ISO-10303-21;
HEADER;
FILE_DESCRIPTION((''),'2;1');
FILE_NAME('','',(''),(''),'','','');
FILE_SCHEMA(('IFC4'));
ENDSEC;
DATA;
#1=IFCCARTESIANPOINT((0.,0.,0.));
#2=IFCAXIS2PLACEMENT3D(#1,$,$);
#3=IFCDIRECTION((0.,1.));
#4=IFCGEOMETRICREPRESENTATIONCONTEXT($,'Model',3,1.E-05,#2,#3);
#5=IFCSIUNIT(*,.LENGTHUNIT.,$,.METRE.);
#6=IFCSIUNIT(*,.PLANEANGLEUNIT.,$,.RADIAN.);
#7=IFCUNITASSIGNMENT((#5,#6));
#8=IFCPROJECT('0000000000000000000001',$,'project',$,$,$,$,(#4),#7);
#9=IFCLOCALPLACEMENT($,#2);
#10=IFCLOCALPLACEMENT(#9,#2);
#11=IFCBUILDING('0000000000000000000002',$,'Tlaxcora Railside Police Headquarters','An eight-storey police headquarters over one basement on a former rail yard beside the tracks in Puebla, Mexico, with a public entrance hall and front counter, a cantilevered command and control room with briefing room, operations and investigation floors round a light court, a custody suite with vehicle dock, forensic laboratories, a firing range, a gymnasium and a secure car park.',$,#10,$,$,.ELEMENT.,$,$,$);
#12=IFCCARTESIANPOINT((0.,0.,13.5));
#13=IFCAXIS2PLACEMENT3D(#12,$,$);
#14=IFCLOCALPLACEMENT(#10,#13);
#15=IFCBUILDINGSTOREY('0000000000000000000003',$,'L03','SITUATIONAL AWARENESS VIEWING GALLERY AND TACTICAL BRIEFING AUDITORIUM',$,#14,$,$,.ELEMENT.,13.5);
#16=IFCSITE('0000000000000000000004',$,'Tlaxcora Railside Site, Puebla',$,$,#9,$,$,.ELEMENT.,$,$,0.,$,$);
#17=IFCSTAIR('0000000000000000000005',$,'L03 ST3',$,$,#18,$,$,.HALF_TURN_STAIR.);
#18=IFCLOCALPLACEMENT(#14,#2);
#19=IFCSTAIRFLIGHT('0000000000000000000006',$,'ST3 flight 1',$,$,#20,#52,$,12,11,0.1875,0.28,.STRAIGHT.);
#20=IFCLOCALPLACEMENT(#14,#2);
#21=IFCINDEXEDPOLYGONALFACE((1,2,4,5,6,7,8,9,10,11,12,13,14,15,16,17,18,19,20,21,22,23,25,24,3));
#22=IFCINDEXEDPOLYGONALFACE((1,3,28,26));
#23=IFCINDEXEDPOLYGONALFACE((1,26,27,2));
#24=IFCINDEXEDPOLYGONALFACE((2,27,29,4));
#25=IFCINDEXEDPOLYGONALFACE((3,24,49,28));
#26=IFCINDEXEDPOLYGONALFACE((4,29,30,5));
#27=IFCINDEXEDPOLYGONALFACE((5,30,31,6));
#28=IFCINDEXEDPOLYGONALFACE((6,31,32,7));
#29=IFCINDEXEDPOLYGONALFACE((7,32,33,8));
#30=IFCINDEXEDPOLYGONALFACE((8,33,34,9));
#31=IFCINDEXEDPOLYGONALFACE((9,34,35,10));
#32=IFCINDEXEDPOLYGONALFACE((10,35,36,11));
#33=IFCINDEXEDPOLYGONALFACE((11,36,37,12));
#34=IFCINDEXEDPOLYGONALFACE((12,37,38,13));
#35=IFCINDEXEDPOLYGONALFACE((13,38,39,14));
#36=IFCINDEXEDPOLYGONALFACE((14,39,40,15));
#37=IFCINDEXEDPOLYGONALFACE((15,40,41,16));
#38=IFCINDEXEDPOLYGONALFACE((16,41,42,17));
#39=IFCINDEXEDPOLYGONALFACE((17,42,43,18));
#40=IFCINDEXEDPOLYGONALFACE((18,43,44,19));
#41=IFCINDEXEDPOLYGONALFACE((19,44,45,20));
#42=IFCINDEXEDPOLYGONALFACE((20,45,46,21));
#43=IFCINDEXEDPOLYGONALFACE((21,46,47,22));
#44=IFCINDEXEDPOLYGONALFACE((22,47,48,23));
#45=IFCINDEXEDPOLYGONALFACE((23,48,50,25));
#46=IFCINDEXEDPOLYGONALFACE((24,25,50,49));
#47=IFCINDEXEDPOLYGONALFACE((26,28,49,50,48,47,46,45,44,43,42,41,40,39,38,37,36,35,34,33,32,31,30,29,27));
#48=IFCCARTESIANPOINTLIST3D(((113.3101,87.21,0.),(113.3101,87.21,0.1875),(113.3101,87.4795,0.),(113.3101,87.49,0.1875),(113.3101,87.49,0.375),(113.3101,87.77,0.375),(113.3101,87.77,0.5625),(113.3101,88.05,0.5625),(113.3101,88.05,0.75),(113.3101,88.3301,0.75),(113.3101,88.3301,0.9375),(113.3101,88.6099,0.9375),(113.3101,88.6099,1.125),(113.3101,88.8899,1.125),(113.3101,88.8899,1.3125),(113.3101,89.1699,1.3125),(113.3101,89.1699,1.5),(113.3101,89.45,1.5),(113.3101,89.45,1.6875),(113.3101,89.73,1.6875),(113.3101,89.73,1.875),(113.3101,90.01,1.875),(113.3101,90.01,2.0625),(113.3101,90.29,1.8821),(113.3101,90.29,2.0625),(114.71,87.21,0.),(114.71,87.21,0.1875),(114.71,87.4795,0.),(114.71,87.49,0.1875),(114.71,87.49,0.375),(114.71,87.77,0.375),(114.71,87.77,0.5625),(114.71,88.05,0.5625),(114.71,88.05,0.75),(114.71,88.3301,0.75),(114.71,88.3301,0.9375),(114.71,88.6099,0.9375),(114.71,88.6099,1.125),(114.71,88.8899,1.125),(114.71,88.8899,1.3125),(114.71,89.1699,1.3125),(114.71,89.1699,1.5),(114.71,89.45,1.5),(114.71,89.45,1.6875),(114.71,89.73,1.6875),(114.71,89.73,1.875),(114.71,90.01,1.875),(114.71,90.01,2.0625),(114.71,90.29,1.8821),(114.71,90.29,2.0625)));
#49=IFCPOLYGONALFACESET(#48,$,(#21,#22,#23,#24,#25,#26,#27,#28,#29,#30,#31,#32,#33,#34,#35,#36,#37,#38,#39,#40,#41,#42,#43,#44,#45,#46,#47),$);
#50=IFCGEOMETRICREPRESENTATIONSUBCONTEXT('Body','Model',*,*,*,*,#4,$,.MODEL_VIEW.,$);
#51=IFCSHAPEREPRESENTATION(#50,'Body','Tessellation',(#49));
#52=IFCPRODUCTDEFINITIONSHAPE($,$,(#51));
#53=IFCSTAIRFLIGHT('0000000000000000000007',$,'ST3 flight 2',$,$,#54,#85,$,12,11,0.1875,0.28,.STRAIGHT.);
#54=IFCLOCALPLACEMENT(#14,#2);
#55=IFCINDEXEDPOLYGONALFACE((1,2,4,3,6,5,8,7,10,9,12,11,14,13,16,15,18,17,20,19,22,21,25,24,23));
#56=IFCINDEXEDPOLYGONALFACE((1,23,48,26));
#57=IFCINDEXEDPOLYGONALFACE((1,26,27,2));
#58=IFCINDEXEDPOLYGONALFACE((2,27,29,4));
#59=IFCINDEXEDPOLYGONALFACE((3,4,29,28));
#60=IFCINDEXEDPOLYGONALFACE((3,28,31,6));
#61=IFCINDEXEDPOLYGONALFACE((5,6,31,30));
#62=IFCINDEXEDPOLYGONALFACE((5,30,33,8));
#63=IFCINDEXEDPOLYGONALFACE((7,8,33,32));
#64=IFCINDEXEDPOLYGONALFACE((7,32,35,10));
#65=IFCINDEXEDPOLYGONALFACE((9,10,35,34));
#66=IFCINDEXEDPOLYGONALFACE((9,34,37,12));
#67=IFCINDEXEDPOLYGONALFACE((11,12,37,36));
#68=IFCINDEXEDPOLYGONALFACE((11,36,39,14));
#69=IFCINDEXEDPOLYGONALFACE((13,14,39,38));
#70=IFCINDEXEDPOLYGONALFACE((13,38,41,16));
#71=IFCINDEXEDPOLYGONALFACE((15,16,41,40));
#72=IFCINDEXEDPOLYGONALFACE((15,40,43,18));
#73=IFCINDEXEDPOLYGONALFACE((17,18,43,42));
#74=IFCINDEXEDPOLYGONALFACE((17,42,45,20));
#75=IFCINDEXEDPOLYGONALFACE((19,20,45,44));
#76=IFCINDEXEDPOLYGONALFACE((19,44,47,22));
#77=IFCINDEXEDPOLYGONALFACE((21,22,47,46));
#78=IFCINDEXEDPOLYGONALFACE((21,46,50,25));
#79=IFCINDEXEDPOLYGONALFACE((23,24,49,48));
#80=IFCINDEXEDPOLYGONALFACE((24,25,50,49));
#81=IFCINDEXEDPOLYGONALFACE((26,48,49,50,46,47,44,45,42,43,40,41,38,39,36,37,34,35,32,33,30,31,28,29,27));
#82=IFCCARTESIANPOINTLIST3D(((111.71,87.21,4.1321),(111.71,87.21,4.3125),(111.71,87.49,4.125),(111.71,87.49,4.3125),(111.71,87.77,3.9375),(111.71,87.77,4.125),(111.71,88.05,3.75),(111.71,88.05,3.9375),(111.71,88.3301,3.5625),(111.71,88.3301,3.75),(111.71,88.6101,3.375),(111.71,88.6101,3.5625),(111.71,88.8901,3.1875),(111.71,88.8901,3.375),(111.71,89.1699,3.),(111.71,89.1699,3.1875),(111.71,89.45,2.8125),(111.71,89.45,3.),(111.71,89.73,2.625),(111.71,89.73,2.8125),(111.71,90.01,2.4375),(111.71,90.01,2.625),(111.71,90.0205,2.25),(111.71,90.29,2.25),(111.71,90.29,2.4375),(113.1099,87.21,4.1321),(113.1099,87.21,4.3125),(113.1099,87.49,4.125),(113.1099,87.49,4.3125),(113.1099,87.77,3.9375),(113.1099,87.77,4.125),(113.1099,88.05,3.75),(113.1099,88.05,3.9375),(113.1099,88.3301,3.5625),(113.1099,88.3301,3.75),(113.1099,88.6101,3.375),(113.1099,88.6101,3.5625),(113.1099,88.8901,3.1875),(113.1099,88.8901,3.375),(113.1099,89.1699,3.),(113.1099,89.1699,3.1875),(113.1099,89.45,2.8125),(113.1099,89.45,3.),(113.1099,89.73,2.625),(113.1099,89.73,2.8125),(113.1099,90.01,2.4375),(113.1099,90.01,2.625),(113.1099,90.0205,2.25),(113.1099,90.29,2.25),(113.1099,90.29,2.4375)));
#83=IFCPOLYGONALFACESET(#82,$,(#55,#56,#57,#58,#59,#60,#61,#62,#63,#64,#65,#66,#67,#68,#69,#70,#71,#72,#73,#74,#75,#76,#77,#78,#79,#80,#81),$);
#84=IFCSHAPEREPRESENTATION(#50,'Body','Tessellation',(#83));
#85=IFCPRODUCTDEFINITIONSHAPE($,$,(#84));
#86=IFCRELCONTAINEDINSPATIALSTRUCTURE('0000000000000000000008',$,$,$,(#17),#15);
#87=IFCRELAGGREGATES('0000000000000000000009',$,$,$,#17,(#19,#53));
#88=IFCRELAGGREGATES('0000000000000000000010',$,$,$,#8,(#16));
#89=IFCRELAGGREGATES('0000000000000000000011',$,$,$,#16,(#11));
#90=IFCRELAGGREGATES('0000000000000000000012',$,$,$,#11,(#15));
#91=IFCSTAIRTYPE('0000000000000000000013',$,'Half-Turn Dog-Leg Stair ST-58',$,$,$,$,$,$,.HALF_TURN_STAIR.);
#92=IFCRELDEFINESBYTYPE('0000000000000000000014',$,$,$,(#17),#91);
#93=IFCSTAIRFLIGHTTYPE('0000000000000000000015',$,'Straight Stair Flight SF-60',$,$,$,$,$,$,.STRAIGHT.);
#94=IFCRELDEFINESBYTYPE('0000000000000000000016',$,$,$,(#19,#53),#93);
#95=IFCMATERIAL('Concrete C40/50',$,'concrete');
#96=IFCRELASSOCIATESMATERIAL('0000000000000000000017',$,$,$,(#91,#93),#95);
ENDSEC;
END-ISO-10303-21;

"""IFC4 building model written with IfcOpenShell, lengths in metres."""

from ifc_helpers import new_model, si_unit, direction, frame, origin, place, context, subcontext, project, spatial, polyline, outline, extrude, material, type_object, element, aggregate, save


model = new_model("IFC4")

# Units and contexts
model_context = context("Model", 3, precision=1e-05, world=origin(), true_north=direction((0.0, 1.0)))
body_context = subcontext(model_context, "Body", "Model", "MODEL_VIEW")
ifc_project = project(units=[si_unit("LENGTHUNIT", "METRE"), si_unit("PLANEANGLEUNIT", "RADIAN")], contexts=[model_context])

# Site, building, storey
site_placement = place(None, origin())
site = spatial("IfcSite", under=ifc_project, at=site_placement, Name="Tlaxcora Railside Site, Puebla", CompositionType="ELEMENT", RefElevation=0.0)
building_placement = place(site_placement, origin())
building = spatial("IfcBuilding", under=site, at=building_placement, Name="Tlaxcora Railside Police Headquarters", Description="An eight-storey police headquarters over one basement on a former rail yard beside the tracks in Puebla, Mexico, with a public entrance hall and front counter, a cantilevered command and control room with briefing room, operations and investigation floors round a light court, a custody suite with vehicle dock, forensic laboratories, a firing range, a gymnasium and a secure car park.", CompositionType="ELEMENT")
storey_placement = place(building_placement, frame((0.0, 0.0, 13.5)))
storey = spatial("IfcBuildingStorey", under=building, at=storey_placement, Name="L03", Description="SITUATIONAL AWARENESS VIEWING GALLERY AND TACTICAL BRIEFING AUDITORIUM", CompositionType="ELEMENT", Elevation=13.5)

# Shared definitions
ifc_material_1 = material(Name="Concrete C40/50", Category="concrete")

# Stair, stair flights
stair_type = type_object("IfcStairType", Name="Half-Turn Dog-Leg Stair ST-58", PredefinedType="HALF_TURN_STAIR", material=ifc_material_1)
stair_placement = place(storey_placement, origin())
stair = element("IfcStair", 1, at=stair_placement, inside=storey, type_object=stair_type, Name="L03 ST3", PredefinedType="HALF_TURN_STAIR")
stair_flight_type = type_object("IfcStairFlightType", Name="Straight Stair Flight SF-60", PredefinedType="STRAIGHT", material=ifc_material_1)
stair_flight_1_placement = place(storey_placement, frame((114.01, 87.21, 0.0), z_axis=(0.0, 0.0, 1.0), x_axis=(0.0, 1.0, 0.0)))
stair_flight_1 = element("IfcStairFlight", 2, at=stair_flight_1_placement, type_object=stair_flight_type, Name="ST3 flight 1", NumberOfRisers=12, NumberOfTreads=11, PredefinedType="STRAIGHT", RiserHeight=0.1875, TreadLength=0.28, context=body_context, shape_type="SweptSolid", body=[
    extrude(outline(polyline([(0.0, 0.0), (0.0, 0.1875), (0.28, 0.1875), (0.28, 0.375), (0.5601, 0.375), (0.5601, 0.5625), (0.8401, 0.5625), (0.8401, 0.75), (1.1201, 0.75), (1.1201, 0.9375), (1.3999, 0.9375), (1.3999, 1.125), (1.6799, 1.125), (1.6799, 1.3125), (1.96, 1.3125), (1.96, 1.5), (2.24, 1.5), (2.24, 1.6875), (2.52, 1.6875), (2.52, 1.875), (2.8, 1.875), (2.8, 2.0625), (3.0801, 2.0625), (3.0801, 2.25), (3.0801, 1.8821), (0.2695, 0.0), (0.0, 0.0)])), frame((0.0, 0.7, 0.0), z_axis=(0.0, -1.0, 0.0), x_axis=(1.0, 0.0, 0.0)), (0.0, 0.0, 1.0), 1.3999),
])
stair_flight_2_placement = place(storey_placement, frame((112.4099, 90.29, 2.25), z_axis=(0.0, 0.0, 1.0), x_axis=(0.0, -1.0, 0.0)))
stair_flight_2 = element("IfcStairFlight", 3, at=stair_flight_2_placement, type_object=stair_flight_type, Name="ST3 flight 2", NumberOfRisers=12, NumberOfTreads=11, PredefinedType="STRAIGHT", RiserHeight=0.1875, TreadLength=0.28, context=body_context, shape_type="SweptSolid", body=[
    extrude(outline(polyline([(0.0, 0.0), (0.0, 0.1875), (0.28, 0.1875), (0.28, 0.375), (0.5601, 0.375), (0.5601, 0.5625), (0.8401, 0.5625), (0.8401, 0.75), (1.1201, 0.75), (1.1201, 0.9375), (1.3999, 0.9375), (1.3999, 1.125), (1.6799, 1.125), (1.6799, 1.3125), (1.96, 1.3125), (1.96, 1.5), (2.24, 1.5), (2.24, 1.6875), (2.52, 1.6875), (2.52, 1.875), (2.8, 1.875), (2.8, 2.0625), (3.0801, 2.0625), (3.0801, 2.25), (3.0801, 1.8821), (0.2695, 0.0), (0.0, 0.0)])), frame((0.0, 0.7, 0.0), z_axis=(0.0, -1.0, 0.0), x_axis=(1.0, 0.0, 0.0)), (0.0, 0.0, 1.0), 1.3999),
])
aggregate(stair, [stair_flight_1, stair_flight_2])

save(model, "model.ifc")
